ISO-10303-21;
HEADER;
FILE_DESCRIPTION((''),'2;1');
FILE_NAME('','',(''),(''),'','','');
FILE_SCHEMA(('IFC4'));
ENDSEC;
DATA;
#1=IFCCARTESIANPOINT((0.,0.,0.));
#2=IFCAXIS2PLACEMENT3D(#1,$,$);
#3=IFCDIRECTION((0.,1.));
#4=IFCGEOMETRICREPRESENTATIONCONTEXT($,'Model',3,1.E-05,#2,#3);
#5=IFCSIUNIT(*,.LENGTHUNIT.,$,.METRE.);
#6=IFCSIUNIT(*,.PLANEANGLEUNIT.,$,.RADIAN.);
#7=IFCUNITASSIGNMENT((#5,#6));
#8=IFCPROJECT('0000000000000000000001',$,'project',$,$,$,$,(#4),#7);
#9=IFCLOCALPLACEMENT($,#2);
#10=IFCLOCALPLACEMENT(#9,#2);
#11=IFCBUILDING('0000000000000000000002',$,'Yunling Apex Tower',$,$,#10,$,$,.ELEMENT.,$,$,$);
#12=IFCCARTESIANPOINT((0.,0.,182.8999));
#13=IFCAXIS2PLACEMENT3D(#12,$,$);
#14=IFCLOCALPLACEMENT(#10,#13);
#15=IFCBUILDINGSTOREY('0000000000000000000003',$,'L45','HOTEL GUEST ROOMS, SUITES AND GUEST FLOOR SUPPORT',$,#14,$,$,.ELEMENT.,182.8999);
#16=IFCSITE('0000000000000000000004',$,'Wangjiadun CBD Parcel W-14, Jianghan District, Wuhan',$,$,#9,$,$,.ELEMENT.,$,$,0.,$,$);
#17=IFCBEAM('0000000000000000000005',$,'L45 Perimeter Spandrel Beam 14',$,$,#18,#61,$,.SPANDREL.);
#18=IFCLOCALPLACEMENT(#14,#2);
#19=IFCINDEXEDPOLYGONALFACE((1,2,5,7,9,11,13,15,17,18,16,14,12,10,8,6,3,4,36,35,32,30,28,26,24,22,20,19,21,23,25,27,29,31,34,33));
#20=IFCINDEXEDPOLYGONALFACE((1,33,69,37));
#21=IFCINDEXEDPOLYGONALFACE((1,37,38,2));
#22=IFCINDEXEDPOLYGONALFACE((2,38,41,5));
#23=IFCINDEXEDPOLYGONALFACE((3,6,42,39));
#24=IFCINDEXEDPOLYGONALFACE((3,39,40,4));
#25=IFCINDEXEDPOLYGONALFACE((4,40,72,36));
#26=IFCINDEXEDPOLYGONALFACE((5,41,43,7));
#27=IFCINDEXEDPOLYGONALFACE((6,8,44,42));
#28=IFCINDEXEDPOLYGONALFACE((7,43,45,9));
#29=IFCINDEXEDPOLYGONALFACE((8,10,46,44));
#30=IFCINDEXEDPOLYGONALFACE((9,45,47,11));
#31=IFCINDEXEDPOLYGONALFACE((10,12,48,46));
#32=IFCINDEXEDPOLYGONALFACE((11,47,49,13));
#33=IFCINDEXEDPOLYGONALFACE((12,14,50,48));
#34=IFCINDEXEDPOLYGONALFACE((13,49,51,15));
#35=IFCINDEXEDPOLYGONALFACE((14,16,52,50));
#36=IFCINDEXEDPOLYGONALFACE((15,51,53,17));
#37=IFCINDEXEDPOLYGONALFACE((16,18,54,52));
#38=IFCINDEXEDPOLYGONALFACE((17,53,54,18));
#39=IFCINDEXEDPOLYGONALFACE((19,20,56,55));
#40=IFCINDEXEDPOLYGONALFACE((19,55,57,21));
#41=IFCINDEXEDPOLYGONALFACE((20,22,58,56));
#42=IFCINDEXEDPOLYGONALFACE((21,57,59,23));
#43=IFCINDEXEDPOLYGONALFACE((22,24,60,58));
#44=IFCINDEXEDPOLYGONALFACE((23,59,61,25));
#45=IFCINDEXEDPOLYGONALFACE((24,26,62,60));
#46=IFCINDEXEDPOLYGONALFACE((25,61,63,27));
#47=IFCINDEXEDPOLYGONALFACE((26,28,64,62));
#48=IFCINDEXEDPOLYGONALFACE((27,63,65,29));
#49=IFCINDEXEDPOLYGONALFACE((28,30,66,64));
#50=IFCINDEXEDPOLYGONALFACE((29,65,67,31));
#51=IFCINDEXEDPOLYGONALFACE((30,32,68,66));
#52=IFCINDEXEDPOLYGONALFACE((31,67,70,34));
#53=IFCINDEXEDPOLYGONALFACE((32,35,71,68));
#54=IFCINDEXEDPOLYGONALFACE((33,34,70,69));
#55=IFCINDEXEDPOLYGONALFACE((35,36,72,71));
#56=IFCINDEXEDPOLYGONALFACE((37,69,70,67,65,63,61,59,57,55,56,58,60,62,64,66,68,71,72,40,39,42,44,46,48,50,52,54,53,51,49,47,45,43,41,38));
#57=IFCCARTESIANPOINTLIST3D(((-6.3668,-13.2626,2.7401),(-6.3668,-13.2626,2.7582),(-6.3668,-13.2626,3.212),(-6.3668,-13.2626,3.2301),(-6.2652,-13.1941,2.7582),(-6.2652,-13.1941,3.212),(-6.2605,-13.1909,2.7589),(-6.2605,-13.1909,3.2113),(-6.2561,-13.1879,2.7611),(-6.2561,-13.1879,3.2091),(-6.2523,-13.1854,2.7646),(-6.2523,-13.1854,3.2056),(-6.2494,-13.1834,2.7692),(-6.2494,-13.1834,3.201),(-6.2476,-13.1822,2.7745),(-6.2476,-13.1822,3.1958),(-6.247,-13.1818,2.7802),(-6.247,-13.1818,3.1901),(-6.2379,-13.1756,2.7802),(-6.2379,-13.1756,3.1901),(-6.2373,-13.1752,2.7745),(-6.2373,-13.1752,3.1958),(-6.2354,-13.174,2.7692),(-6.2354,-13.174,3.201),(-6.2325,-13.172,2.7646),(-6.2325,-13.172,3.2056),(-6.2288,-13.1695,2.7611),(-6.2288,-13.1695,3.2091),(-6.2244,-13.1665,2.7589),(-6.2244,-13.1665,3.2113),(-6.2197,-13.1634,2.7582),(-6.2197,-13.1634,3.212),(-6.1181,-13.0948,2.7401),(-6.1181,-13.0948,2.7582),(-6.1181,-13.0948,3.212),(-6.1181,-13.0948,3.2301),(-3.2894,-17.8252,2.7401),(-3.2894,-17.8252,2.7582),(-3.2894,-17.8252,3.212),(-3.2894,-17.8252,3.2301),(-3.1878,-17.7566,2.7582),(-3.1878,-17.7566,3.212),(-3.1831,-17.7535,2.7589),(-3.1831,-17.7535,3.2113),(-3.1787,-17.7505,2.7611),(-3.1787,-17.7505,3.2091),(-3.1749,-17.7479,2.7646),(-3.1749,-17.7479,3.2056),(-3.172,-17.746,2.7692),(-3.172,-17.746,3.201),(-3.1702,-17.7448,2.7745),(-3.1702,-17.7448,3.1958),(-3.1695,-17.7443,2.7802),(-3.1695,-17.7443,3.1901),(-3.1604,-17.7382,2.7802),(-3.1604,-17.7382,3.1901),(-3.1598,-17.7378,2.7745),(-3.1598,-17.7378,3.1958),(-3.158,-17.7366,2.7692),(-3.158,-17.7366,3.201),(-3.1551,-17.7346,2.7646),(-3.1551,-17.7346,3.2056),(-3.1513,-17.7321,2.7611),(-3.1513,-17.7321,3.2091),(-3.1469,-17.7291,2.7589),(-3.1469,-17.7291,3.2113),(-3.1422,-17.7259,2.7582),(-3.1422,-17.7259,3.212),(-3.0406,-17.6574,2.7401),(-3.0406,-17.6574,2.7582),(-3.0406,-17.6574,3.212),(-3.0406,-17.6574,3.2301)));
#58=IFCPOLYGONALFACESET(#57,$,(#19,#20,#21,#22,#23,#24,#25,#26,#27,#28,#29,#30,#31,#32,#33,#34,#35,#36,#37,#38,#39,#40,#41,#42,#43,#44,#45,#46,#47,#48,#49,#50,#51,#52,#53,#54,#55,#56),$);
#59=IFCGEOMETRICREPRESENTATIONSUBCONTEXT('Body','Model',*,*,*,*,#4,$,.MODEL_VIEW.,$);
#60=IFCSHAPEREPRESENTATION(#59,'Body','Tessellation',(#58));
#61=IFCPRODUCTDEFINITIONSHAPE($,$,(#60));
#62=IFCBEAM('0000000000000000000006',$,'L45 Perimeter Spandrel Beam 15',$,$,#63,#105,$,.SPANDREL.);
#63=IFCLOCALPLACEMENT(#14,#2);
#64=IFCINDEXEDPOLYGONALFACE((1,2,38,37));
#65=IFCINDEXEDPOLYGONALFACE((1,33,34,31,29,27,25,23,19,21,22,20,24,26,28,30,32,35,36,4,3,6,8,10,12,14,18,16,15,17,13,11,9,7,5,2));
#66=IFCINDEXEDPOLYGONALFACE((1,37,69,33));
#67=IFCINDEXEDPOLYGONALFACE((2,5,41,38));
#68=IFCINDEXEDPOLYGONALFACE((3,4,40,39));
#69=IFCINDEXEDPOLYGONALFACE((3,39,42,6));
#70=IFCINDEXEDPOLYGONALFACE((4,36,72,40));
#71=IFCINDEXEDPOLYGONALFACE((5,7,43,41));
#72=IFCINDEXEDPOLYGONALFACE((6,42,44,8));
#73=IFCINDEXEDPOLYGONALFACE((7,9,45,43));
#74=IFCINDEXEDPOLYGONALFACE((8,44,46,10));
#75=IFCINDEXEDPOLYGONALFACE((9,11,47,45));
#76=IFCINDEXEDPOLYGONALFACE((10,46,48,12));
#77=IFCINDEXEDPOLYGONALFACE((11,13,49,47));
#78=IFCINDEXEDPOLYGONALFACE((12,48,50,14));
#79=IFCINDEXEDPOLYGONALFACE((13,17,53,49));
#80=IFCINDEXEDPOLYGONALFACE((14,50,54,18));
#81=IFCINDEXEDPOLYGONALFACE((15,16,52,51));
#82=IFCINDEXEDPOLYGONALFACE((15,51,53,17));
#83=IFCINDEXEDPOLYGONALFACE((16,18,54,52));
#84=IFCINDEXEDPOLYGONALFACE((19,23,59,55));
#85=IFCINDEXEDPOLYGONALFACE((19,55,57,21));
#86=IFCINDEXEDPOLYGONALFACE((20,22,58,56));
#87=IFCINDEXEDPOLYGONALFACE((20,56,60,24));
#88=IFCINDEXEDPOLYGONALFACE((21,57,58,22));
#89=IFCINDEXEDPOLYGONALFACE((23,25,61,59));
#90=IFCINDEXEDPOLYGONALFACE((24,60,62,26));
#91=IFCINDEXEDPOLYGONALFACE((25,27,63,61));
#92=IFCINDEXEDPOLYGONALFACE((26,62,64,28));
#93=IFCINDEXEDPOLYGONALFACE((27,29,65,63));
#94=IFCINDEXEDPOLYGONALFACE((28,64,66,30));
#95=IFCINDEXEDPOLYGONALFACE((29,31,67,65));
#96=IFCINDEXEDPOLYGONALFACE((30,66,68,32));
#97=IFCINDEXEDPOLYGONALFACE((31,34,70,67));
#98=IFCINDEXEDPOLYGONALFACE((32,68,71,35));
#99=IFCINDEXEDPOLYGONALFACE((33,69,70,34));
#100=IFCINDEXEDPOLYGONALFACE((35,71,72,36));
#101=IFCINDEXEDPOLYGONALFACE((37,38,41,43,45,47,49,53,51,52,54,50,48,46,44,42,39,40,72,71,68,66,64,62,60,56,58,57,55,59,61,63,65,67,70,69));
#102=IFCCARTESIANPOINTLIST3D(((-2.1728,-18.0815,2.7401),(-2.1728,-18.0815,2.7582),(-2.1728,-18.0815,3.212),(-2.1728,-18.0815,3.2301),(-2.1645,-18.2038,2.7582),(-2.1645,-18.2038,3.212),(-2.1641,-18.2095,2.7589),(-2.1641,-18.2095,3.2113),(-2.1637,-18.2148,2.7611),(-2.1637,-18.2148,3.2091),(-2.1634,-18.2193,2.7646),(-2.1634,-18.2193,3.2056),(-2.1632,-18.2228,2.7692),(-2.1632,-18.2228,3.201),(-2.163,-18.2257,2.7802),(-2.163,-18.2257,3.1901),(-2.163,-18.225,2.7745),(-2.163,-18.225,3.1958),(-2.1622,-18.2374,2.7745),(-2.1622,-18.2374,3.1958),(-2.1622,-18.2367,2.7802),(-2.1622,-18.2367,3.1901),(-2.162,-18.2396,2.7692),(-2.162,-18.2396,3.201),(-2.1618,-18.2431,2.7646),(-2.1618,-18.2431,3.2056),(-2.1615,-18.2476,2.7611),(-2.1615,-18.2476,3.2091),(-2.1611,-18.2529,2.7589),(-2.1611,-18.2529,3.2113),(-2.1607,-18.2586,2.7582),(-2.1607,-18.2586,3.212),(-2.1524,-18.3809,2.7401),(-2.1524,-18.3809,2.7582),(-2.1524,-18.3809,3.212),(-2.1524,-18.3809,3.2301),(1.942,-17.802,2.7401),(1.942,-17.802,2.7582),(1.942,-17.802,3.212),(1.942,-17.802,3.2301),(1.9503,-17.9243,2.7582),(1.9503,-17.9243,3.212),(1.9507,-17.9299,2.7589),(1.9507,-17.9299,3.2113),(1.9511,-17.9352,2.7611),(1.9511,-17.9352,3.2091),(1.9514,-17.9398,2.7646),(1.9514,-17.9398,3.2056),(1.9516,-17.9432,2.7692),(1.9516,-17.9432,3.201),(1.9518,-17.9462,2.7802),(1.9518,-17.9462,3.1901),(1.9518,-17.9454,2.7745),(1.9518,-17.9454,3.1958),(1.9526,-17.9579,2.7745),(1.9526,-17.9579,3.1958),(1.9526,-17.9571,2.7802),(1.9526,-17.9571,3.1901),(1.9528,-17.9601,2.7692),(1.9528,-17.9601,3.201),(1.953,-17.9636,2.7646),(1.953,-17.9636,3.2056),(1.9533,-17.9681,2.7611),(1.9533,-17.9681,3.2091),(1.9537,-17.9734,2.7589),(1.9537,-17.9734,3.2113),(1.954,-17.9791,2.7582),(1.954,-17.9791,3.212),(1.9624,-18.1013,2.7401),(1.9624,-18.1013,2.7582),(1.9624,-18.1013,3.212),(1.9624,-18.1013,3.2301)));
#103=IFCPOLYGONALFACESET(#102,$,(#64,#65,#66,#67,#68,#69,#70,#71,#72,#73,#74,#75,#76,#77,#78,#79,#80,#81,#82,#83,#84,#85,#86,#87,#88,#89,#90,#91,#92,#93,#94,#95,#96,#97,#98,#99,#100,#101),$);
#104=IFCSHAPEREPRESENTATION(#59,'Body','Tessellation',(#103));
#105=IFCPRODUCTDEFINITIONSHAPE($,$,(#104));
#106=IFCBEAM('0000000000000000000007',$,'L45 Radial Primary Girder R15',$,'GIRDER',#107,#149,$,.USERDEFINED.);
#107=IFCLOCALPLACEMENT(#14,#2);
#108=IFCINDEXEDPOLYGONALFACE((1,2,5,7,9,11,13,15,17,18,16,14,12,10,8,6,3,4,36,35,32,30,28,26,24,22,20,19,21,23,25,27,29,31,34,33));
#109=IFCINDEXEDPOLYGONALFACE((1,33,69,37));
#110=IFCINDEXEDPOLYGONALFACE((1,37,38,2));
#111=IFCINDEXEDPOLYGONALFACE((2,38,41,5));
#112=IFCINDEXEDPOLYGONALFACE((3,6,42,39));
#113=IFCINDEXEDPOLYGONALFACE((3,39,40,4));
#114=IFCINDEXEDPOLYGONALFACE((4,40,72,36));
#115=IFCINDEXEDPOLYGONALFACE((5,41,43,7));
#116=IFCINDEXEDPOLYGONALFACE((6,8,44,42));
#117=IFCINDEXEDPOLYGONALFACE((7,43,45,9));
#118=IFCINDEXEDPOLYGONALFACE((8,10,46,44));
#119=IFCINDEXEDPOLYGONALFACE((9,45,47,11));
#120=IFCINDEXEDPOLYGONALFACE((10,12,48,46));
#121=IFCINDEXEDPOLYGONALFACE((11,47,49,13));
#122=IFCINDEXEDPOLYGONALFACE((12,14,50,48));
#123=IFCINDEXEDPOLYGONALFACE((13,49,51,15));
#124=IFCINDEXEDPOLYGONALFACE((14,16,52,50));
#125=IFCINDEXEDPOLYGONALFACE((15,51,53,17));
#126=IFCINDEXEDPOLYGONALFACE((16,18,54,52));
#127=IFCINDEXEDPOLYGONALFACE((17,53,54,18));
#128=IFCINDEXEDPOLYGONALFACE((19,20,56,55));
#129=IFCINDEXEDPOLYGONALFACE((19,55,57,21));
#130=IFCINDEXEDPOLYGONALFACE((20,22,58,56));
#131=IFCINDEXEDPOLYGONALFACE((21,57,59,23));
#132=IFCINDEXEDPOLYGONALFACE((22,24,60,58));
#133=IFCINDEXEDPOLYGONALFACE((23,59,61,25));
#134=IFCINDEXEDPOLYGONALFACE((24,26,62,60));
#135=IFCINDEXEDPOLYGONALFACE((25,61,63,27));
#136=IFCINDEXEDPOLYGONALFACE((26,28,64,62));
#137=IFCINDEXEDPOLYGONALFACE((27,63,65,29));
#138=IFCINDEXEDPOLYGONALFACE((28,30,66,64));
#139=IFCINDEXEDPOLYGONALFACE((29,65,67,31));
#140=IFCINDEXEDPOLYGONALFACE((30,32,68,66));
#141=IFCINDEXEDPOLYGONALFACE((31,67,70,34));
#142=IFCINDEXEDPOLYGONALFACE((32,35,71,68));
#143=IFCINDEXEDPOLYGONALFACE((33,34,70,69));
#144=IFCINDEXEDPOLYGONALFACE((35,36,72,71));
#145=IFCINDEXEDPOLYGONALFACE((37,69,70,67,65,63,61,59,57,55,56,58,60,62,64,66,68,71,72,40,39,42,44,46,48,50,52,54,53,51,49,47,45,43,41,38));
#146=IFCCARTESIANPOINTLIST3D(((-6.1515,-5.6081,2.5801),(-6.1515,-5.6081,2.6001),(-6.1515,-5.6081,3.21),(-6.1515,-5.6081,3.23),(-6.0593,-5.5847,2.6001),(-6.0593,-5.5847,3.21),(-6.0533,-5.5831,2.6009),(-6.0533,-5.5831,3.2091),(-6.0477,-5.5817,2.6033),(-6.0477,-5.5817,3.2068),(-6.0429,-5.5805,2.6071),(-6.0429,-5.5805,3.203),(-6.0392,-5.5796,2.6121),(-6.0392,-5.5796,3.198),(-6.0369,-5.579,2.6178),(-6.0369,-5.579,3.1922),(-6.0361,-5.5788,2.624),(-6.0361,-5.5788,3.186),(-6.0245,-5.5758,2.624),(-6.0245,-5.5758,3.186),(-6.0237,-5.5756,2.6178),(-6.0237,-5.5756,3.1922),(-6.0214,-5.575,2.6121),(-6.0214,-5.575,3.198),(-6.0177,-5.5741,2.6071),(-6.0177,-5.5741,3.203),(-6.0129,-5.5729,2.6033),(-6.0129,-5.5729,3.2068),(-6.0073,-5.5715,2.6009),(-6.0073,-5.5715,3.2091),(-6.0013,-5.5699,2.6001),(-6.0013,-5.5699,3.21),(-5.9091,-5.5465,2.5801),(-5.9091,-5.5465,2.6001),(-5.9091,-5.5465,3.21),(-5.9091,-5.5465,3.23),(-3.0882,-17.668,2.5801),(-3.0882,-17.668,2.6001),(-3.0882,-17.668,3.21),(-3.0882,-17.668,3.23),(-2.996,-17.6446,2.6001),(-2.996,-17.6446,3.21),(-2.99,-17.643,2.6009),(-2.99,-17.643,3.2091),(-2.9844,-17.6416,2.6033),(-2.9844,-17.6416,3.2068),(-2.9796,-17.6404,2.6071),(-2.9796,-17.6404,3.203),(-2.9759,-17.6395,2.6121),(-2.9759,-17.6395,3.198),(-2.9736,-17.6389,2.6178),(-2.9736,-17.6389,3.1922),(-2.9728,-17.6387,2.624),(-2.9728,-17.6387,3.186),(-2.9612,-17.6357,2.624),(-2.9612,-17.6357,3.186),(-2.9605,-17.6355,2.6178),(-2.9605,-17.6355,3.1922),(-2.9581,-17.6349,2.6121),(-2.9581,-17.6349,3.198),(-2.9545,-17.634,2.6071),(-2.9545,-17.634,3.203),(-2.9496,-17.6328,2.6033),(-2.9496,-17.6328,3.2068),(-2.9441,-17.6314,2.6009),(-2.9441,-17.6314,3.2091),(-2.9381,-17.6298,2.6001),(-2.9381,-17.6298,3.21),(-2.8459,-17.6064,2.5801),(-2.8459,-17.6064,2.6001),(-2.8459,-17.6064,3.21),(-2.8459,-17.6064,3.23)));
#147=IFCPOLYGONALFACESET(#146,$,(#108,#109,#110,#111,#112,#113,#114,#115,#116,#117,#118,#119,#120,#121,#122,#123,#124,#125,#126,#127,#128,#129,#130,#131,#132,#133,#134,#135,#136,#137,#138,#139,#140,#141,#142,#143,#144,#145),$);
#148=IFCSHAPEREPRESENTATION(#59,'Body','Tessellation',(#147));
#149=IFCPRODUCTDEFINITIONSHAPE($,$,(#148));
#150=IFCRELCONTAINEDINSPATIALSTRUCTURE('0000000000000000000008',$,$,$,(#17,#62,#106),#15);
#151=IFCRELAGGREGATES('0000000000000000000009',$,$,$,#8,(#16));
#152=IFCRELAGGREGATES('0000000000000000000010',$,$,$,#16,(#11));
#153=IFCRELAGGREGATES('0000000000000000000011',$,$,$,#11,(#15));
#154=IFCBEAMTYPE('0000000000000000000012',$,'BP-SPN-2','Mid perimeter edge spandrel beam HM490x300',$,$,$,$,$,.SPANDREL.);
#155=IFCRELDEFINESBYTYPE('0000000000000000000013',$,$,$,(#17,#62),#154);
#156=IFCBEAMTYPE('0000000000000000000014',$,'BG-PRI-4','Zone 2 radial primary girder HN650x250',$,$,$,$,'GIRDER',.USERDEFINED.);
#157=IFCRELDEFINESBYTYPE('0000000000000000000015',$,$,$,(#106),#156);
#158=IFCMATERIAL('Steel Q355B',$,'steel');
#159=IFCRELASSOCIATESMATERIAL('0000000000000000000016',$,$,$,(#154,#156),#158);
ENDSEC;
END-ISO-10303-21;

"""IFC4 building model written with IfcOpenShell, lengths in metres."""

from ifc_helpers import new_model, si_unit, direction, frame, origin, origin_2d, place, context, subcontext, project, spatial, i_section, extrude, source, transform, mapped, material, material_profile, profile_set, type_object, element, save


model = new_model("IFC4")

# Units and contexts
model_context = context("Model", 3, precision=1e-05, world=origin(), true_north=direction((0.0, 1.0)))
body_context = subcontext(model_context, "Body", "Model", "MODEL_VIEW")
ifc_project = project(units=[si_unit("LENGTHUNIT", "METRE"), si_unit("PLANEANGLEUNIT", "RADIAN")], contexts=[model_context])

# Site, building, storey
site_placement = place(None, origin())
site = spatial("IfcSite", under=ifc_project, at=site_placement, Name="Wangjiadun CBD Parcel W-14, Jianghan District, Wuhan", CompositionType="ELEMENT", RefElevation=0.0)
building_placement = place(site_placement, origin())
building = spatial("IfcBuilding", under=site, at=building_placement, Name="Yunling Apex Tower", CompositionType="ELEMENT")
storey_placement = place(building_placement, frame((0.0, 0.0, 182.8999)))
storey = spatial("IfcBuildingStorey", under=building, at=storey_placement, Name="L45", Description="HOTEL GUEST ROOMS, SUITES AND GUEST FLOOR SUPPORT", CompositionType="ELEMENT", Elevation=182.8999)

# Beams
ifc_material_1 = material(Name="Steel Q355B", Category="steel")
ifc_material_profile_1 = material_profile(ifc_material_1, i_section(OverallWidth=0.3, OverallDepth=0.49, WebThickness=0.011, FlangeThickness=0.0181, FilletRadius=0.022, at=origin_2d()))
ifc_profile_set_1 = profile_set([ifc_material_profile_1], Name="Steel Q355B")
beam_type_1 = type_object("IfcBeamType", Name="BP-SPN-2", Description="Mid perimeter edge spandrel beam HM490x300", PredefinedType="SPANDREL", material=ifc_profile_set_1)
shared_shape_1 = source(origin(), body_context, "Body", "SweptSolid", [
    extrude(i_section(OverallWidth=0.3, OverallDepth=0.49, WebThickness=0.011, FlangeThickness=0.0181, FilletRadius=0.022, at=origin_2d()), origin(), (0.0, 0.0, 1.0), 5.5034),
])
beam_1_placement = place(storey_placement, frame((-6.2424, -13.1787, 2.9851), z_axis=(0.559186, -0.829042, 0.0), x_axis=(0.829042, 0.559186, 0.0)))
element("IfcBeam", 1, at=beam_1_placement, inside=storey, type_object=beam_type_1, Name="L45 Perimeter Spandrel Beam 14", PredefinedType="SPANDREL", context=body_context, shape_type="MappedRepresentation", body=[
    mapped(shared_shape_1, transform((0.0, 0.0, 0.0), scale=1.0)),
])
shared_shape_2 = source(origin(), body_context, "Body", "SweptSolid", [
    extrude(i_section(OverallWidth=0.3, OverallDepth=0.49, WebThickness=0.011, FlangeThickness=0.0181, FilletRadius=0.022, at=origin_2d()), origin(), (0.0, 0.0, 1.0), 4.1243),
])
beam_2_placement = place(storey_placement, frame((-2.1626, -18.2312, 2.9851), z_axis=(0.9977, 0.06778, 0.0), x_axis=(-0.06778, 0.9977, 0.0)))
element("IfcBeam", 2, at=beam_2_placement, inside=storey, type_object=beam_type_1, Name="L45 Perimeter Spandrel Beam 15", PredefinedType="SPANDREL", context=body_context, shape_type="MappedRepresentation", body=[
    mapped(shared_shape_2, transform((0.0, 0.0, 0.0), scale=1.0)),
])
ifc_material_profile_2 = material_profile(ifc_material_1, i_section(OverallWidth=0.25, OverallDepth=0.6499, WebThickness=0.012, FlangeThickness=0.02, FilletRadius=0.0239, at=origin_2d()))
ifc_profile_set_2 = profile_set([ifc_material_profile_2], Name="Steel Q355B")
beam_type_2 = type_object("IfcBeamType", Name="BG-PRI-4", Description="Zone 2 radial primary girder HN650x250", ElementType="GIRDER", PredefinedType="USERDEFINED", material=ifc_profile_set_2)
shared_shape_3 = source(origin(), body_context, "Body", "SweptSolid", [
    extrude(i_section(OverallWidth=0.25, OverallDepth=0.6499, WebThickness=0.012, FlangeThickness=0.02, FilletRadius=0.0239, at=origin_2d()), origin(), (0.0, 0.0, 1.0), 12.4429),
])
beam_3_placement = place(storey_placement, frame((-2.967, -17.6372, 2.905), z_axis=(-0.246186, 0.969223, 0.0), x_axis=(-0.969223, -0.246186, 0.0)))
element("IfcBeam", 3, at=beam_3_placement, inside=storey, type_object=beam_type_2, Name="L45 Radial Primary Girder R15", ObjectType="GIRDER", PredefinedType="USERDEFINED", context=body_context, shape_type="MappedRepresentation", body=[
    mapped(shared_shape_3, transform((0.0, 0.0, 0.0), scale=1.0)),
])

save(model, "model.ifc")
